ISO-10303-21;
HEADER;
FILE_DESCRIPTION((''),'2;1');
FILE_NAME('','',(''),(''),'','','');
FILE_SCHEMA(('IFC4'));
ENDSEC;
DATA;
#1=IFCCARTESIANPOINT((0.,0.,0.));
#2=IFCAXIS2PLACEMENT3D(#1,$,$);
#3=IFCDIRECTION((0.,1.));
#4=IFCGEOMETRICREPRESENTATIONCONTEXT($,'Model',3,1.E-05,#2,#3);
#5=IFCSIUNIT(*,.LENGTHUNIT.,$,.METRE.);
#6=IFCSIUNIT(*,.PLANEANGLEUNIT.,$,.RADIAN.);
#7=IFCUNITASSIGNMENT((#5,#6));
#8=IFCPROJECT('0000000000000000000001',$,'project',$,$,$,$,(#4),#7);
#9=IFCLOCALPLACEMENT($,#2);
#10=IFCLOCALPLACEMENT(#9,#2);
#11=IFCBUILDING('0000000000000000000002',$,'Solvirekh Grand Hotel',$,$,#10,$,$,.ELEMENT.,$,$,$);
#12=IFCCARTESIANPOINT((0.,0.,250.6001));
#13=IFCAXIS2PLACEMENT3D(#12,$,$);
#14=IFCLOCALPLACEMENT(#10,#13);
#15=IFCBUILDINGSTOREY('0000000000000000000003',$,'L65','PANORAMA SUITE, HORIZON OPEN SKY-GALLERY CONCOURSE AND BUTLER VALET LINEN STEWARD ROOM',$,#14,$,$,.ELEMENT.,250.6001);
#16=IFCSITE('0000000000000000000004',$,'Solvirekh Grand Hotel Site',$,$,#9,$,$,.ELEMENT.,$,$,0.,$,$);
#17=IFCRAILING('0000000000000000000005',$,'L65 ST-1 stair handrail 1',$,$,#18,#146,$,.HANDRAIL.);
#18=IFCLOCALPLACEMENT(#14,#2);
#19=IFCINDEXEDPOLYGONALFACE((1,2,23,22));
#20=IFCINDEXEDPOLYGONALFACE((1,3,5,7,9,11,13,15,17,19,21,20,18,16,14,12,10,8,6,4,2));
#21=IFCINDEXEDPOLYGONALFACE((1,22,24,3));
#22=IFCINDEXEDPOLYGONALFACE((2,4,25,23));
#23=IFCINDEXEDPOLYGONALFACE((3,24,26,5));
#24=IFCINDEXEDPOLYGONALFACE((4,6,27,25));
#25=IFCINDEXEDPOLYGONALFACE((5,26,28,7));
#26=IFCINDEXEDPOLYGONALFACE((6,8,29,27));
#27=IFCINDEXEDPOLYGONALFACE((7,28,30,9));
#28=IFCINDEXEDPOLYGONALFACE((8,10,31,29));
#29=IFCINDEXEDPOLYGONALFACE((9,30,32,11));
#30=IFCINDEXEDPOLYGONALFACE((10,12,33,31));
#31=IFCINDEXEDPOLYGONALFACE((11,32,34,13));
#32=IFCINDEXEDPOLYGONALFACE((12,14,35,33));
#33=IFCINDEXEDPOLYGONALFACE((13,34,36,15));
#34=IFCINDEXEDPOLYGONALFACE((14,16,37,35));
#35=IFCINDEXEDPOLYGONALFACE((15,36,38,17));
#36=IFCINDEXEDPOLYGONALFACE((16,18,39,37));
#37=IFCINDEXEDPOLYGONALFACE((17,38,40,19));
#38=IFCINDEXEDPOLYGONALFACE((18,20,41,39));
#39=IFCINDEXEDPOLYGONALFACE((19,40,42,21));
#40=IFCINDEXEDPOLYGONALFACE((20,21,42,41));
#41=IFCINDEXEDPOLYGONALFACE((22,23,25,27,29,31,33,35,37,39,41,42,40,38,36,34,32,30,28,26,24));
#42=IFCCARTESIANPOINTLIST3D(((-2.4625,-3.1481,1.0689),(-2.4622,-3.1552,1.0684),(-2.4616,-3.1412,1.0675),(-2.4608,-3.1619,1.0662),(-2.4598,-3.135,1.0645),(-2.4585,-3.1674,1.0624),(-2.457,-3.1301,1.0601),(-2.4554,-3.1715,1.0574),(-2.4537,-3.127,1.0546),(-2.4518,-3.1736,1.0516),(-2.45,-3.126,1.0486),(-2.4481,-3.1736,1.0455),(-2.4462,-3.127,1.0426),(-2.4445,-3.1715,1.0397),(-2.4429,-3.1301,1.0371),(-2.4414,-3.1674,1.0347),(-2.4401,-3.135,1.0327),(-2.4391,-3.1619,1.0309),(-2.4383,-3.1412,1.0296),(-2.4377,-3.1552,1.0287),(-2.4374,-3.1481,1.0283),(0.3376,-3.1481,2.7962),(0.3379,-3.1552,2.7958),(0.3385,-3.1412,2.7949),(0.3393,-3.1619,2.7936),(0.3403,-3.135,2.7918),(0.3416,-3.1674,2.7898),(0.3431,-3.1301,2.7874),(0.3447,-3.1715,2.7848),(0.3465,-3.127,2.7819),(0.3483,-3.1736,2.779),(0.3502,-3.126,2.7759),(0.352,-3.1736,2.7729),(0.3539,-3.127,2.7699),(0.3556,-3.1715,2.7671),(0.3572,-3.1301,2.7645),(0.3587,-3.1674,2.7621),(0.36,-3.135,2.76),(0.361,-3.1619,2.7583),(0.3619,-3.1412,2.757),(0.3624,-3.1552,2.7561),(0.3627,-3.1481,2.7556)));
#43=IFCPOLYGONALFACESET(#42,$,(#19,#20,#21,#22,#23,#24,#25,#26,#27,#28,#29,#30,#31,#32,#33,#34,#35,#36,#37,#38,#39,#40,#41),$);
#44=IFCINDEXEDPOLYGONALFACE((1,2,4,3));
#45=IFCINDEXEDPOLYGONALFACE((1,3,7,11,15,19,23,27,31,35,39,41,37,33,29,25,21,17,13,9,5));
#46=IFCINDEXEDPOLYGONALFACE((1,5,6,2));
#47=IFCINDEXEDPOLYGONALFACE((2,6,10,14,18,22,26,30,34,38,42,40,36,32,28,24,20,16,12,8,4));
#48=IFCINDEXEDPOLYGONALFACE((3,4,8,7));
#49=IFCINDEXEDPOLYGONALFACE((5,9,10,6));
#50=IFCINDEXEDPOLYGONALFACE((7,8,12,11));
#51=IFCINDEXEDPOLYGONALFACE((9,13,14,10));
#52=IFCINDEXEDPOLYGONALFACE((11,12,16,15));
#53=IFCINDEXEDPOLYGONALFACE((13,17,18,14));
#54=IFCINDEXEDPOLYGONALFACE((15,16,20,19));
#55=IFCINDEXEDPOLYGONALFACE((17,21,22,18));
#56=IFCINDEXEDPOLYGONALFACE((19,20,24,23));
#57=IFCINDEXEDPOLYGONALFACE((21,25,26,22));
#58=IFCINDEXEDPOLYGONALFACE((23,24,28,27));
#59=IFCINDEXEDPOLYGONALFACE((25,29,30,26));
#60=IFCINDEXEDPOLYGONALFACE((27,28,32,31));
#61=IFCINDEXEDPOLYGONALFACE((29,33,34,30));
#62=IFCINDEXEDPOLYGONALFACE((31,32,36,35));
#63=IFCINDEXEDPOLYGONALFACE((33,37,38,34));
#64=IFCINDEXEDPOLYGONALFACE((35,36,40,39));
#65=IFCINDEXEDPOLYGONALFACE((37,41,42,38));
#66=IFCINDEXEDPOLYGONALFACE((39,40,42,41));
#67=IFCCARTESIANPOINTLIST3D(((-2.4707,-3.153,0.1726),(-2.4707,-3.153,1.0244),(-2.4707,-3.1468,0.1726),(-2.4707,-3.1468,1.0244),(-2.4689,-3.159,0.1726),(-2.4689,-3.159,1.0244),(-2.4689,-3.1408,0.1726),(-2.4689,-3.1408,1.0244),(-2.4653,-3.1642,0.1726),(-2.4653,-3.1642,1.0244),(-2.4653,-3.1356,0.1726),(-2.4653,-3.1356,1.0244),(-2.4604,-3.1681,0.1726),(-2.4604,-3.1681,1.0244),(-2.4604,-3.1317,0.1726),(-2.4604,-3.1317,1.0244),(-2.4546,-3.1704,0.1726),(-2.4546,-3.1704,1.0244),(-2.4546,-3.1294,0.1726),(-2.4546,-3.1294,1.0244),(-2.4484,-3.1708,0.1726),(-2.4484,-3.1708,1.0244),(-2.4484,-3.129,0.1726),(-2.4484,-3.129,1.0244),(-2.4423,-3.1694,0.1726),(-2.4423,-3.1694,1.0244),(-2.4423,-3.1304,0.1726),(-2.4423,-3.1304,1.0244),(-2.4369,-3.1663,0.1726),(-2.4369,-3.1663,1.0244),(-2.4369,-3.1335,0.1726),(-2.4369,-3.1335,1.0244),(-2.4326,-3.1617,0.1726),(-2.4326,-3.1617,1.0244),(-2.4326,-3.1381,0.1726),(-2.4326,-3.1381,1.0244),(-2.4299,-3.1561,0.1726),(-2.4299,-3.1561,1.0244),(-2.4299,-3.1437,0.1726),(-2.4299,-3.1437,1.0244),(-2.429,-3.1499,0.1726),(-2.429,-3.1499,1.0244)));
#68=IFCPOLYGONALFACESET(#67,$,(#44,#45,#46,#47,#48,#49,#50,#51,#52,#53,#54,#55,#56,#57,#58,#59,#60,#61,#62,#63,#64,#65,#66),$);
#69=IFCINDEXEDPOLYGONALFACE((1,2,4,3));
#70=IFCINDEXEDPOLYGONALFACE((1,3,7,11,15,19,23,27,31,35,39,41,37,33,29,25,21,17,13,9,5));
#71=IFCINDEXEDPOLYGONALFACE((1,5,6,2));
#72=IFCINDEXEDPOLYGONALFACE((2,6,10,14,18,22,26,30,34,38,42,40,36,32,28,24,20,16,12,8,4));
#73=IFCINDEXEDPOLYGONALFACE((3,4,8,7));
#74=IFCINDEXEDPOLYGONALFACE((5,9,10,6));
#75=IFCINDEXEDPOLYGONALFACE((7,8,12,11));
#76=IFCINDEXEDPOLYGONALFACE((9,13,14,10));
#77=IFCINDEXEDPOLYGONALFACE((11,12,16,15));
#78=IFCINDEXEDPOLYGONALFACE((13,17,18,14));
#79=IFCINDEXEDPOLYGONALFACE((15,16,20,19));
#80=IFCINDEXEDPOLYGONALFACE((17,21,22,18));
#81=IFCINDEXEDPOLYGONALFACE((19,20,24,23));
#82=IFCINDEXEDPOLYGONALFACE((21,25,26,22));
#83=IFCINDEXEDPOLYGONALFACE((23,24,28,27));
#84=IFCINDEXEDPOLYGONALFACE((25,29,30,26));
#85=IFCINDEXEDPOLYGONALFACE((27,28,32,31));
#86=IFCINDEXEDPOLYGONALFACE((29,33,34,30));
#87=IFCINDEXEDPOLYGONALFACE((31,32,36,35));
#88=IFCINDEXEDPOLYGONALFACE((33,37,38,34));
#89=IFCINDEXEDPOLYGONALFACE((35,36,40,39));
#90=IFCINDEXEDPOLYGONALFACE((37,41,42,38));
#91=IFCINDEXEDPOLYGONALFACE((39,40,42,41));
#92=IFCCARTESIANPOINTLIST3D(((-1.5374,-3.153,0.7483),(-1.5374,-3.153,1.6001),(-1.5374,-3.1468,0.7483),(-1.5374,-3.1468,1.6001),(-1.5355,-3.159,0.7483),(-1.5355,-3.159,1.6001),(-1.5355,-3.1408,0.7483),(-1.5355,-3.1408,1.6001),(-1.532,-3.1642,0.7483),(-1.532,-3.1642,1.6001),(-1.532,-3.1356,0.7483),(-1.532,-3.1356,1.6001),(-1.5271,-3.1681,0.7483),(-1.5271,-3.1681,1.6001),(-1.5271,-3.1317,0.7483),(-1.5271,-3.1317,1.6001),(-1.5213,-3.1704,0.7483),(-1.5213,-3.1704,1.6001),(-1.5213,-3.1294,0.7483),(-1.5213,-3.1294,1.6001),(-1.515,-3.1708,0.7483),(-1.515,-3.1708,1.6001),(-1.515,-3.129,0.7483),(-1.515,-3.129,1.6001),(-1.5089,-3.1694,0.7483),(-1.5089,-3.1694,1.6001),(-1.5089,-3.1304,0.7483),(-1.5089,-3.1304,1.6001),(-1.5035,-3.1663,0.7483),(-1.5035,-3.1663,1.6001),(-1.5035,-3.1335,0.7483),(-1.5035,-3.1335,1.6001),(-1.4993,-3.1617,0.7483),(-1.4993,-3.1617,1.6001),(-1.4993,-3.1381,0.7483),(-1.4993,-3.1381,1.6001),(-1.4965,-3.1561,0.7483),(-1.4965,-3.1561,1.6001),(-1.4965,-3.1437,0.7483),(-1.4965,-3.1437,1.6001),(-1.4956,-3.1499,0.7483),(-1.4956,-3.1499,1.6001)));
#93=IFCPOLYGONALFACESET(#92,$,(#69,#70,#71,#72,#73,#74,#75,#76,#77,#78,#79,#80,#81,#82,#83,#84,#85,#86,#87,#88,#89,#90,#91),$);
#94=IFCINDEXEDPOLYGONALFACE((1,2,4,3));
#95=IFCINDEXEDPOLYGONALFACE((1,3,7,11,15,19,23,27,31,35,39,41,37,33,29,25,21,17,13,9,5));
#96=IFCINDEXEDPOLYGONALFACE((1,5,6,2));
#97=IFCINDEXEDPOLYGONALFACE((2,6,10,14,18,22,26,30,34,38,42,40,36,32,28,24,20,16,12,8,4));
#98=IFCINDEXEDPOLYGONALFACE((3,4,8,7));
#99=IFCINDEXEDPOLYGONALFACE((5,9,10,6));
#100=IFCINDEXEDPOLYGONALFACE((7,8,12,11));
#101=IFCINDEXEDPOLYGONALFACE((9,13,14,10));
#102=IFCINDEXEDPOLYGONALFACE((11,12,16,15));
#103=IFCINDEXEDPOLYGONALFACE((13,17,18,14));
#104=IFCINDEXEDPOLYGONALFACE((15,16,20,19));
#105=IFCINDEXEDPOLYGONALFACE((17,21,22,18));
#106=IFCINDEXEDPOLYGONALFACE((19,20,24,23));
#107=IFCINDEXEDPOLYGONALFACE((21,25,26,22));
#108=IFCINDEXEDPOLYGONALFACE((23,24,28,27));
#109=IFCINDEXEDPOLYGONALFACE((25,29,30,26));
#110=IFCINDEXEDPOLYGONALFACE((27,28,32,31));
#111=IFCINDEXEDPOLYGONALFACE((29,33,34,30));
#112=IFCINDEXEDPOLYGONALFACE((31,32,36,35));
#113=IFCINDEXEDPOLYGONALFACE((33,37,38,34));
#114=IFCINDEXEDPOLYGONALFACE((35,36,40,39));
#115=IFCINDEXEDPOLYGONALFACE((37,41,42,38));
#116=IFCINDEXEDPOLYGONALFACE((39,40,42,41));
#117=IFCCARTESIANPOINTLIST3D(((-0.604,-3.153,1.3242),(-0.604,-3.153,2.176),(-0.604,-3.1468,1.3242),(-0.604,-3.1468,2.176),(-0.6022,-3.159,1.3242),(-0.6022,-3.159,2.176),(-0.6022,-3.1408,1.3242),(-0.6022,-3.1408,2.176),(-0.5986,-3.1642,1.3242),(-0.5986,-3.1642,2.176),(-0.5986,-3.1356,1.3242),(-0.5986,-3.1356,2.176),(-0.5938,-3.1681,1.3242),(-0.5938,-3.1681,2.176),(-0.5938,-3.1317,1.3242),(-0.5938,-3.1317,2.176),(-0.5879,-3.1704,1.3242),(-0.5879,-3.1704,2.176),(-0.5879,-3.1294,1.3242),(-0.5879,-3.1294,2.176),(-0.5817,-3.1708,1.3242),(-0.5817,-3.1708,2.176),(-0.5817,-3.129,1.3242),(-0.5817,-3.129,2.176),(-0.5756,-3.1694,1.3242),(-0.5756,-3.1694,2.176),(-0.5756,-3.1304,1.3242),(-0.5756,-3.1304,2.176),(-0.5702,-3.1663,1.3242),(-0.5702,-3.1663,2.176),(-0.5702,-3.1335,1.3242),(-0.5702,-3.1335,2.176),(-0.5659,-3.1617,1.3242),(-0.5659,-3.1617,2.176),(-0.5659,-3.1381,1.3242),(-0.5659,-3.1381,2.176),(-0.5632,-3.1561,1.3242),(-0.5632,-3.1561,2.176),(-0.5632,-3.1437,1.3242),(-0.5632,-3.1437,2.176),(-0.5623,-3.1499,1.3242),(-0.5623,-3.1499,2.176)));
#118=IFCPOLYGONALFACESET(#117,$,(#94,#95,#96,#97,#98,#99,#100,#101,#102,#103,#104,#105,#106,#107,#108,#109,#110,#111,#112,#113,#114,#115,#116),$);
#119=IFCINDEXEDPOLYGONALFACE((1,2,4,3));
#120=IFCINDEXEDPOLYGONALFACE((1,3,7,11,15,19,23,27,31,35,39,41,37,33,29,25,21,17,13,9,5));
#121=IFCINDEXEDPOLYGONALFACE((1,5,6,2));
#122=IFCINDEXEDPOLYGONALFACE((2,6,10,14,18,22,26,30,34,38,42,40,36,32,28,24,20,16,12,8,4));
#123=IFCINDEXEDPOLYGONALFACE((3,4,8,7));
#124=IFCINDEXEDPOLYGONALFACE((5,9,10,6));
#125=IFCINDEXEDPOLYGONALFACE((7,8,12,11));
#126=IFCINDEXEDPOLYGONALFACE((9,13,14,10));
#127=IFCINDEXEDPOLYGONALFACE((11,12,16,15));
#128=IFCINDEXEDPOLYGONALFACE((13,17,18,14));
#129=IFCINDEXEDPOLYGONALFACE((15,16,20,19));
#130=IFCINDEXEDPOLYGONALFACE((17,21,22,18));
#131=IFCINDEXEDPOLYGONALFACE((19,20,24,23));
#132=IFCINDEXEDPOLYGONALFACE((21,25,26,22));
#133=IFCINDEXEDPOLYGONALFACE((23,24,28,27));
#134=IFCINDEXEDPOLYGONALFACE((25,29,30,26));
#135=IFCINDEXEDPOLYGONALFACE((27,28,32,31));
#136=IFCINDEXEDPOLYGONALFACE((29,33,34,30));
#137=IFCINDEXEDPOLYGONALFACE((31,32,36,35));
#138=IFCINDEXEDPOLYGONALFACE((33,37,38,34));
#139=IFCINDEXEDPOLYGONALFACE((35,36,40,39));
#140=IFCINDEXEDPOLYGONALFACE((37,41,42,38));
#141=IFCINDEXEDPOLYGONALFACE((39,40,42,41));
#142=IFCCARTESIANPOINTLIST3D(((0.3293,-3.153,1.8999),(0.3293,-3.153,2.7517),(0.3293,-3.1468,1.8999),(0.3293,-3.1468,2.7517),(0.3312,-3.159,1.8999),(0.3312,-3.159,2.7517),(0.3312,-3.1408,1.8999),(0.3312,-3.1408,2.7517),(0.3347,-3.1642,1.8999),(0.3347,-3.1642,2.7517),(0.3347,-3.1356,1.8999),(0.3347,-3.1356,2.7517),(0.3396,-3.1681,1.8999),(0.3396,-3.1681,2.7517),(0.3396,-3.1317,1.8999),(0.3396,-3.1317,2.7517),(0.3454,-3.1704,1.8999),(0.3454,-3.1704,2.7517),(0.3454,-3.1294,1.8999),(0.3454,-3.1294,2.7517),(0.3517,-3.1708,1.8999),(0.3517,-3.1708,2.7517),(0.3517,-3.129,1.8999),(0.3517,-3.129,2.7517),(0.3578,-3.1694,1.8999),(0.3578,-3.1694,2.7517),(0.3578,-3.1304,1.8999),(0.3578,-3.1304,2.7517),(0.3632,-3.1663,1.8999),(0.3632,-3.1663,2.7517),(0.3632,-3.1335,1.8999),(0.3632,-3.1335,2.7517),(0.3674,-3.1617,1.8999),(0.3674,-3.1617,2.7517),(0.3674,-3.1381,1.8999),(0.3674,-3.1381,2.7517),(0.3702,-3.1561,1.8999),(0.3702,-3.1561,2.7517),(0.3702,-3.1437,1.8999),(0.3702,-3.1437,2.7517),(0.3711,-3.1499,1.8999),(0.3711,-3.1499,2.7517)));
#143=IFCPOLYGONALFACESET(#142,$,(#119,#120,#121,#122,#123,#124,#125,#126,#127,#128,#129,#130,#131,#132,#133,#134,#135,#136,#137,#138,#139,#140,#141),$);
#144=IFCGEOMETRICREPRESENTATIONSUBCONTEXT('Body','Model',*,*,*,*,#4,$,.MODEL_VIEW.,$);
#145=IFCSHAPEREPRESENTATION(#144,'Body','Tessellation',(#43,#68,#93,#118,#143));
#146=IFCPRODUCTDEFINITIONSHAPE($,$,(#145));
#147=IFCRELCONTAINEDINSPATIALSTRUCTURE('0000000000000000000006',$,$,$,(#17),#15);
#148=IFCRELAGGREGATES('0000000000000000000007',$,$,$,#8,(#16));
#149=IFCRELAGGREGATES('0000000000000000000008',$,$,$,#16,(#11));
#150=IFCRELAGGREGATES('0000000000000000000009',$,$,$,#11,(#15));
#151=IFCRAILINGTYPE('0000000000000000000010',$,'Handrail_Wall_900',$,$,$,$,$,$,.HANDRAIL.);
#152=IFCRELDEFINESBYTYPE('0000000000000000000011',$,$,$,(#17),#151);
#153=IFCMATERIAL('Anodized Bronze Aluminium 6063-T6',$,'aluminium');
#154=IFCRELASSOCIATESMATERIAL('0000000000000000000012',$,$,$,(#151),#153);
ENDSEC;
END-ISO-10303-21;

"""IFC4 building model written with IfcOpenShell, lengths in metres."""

from ifc_helpers import new_model, si_unit, direction, frame, origin, origin_2d, place, context, subcontext, project, spatial, circle, extrude, material, type_object, element, save


model = new_model("IFC4")

# Units and contexts
model_context = context("Model", 3, precision=1e-05, world=origin(), true_north=direction((0.0, 1.0)))
body_context = subcontext(model_context, "Body", "Model", "MODEL_VIEW")
ifc_project = project(units=[si_unit("LENGTHUNIT", "METRE"), si_unit("PLANEANGLEUNIT", "RADIAN")], contexts=[model_context])

# Site, building, storey
site_placement = place(None, origin())
site = spatial("IfcSite", under=ifc_project, at=site_placement, Name="Solvirekh Grand Hotel Site", CompositionType="ELEMENT", RefElevation=0.0)
building_placement = place(site_placement, origin())
building = spatial("IfcBuilding", under=site, at=building_placement, Name="Solvirekh Grand Hotel", CompositionType="ELEMENT")
storey_placement = place(building_placement, frame((0.0, 0.0, 250.6001)))
storey = spatial("IfcBuildingStorey", under=building, at=storey_placement, Name="L65", Description="PANORAMA SUITE, HORIZON OPEN SKY-GALLERY CONCOURSE AND BUTLER VALET LINEN STEWARD ROOM", CompositionType="ELEMENT", Elevation=250.6001)

# Railing
ifc_material_1 = material(Name="Anodized Bronze Aluminium 6063-T6", Category="aluminium")
railing_type_1 = type_object("IfcRailingType", Name="Handrail_Wall_900", PredefinedType="HANDRAIL", material=ifc_material_1)
for number, where, name in (
    (1, (-2.45, -3.1499, 0.1726), "L65 ST-1 stair handrail 1"),
):
    element("IfcRailing", number, at=place(storey_placement, frame(where)), inside=storey, type_object=railing_type_1, Name=name, PredefinedType="HANDRAIL", context=body_context, shape_type="SweptSolid", body=[
        extrude(circle(Radius=0.0239, at=origin_2d()), frame((0.0, 0.0, 0.876), z_axis=(0.85109, 0.0, 0.52502), x_axis=(0.0, 1.0, 0.0)), (0.0, 0.0, 1.0), 3.29),
        extrude(circle(Radius=0.021, at=origin_2d()), origin(), (0.0, 0.0, 1.0), 0.8518),
        extrude(circle(Radius=0.021, at=origin_2d()), frame((0.9333, 0.0, 0.5757)), (0.0, 0.0, 1.0), 0.8518),
        extrude(circle(Radius=0.021, at=origin_2d()), frame((1.8667, 0.0, 1.1516)), (0.0, 0.0, 1.0), 0.8518),
        extrude(circle(Radius=0.021, at=origin_2d()), frame((2.8, 0.0, 1.7273)), (0.0, 0.0, 1.0), 0.8518),
    ])

save(model, "model.ifc")
